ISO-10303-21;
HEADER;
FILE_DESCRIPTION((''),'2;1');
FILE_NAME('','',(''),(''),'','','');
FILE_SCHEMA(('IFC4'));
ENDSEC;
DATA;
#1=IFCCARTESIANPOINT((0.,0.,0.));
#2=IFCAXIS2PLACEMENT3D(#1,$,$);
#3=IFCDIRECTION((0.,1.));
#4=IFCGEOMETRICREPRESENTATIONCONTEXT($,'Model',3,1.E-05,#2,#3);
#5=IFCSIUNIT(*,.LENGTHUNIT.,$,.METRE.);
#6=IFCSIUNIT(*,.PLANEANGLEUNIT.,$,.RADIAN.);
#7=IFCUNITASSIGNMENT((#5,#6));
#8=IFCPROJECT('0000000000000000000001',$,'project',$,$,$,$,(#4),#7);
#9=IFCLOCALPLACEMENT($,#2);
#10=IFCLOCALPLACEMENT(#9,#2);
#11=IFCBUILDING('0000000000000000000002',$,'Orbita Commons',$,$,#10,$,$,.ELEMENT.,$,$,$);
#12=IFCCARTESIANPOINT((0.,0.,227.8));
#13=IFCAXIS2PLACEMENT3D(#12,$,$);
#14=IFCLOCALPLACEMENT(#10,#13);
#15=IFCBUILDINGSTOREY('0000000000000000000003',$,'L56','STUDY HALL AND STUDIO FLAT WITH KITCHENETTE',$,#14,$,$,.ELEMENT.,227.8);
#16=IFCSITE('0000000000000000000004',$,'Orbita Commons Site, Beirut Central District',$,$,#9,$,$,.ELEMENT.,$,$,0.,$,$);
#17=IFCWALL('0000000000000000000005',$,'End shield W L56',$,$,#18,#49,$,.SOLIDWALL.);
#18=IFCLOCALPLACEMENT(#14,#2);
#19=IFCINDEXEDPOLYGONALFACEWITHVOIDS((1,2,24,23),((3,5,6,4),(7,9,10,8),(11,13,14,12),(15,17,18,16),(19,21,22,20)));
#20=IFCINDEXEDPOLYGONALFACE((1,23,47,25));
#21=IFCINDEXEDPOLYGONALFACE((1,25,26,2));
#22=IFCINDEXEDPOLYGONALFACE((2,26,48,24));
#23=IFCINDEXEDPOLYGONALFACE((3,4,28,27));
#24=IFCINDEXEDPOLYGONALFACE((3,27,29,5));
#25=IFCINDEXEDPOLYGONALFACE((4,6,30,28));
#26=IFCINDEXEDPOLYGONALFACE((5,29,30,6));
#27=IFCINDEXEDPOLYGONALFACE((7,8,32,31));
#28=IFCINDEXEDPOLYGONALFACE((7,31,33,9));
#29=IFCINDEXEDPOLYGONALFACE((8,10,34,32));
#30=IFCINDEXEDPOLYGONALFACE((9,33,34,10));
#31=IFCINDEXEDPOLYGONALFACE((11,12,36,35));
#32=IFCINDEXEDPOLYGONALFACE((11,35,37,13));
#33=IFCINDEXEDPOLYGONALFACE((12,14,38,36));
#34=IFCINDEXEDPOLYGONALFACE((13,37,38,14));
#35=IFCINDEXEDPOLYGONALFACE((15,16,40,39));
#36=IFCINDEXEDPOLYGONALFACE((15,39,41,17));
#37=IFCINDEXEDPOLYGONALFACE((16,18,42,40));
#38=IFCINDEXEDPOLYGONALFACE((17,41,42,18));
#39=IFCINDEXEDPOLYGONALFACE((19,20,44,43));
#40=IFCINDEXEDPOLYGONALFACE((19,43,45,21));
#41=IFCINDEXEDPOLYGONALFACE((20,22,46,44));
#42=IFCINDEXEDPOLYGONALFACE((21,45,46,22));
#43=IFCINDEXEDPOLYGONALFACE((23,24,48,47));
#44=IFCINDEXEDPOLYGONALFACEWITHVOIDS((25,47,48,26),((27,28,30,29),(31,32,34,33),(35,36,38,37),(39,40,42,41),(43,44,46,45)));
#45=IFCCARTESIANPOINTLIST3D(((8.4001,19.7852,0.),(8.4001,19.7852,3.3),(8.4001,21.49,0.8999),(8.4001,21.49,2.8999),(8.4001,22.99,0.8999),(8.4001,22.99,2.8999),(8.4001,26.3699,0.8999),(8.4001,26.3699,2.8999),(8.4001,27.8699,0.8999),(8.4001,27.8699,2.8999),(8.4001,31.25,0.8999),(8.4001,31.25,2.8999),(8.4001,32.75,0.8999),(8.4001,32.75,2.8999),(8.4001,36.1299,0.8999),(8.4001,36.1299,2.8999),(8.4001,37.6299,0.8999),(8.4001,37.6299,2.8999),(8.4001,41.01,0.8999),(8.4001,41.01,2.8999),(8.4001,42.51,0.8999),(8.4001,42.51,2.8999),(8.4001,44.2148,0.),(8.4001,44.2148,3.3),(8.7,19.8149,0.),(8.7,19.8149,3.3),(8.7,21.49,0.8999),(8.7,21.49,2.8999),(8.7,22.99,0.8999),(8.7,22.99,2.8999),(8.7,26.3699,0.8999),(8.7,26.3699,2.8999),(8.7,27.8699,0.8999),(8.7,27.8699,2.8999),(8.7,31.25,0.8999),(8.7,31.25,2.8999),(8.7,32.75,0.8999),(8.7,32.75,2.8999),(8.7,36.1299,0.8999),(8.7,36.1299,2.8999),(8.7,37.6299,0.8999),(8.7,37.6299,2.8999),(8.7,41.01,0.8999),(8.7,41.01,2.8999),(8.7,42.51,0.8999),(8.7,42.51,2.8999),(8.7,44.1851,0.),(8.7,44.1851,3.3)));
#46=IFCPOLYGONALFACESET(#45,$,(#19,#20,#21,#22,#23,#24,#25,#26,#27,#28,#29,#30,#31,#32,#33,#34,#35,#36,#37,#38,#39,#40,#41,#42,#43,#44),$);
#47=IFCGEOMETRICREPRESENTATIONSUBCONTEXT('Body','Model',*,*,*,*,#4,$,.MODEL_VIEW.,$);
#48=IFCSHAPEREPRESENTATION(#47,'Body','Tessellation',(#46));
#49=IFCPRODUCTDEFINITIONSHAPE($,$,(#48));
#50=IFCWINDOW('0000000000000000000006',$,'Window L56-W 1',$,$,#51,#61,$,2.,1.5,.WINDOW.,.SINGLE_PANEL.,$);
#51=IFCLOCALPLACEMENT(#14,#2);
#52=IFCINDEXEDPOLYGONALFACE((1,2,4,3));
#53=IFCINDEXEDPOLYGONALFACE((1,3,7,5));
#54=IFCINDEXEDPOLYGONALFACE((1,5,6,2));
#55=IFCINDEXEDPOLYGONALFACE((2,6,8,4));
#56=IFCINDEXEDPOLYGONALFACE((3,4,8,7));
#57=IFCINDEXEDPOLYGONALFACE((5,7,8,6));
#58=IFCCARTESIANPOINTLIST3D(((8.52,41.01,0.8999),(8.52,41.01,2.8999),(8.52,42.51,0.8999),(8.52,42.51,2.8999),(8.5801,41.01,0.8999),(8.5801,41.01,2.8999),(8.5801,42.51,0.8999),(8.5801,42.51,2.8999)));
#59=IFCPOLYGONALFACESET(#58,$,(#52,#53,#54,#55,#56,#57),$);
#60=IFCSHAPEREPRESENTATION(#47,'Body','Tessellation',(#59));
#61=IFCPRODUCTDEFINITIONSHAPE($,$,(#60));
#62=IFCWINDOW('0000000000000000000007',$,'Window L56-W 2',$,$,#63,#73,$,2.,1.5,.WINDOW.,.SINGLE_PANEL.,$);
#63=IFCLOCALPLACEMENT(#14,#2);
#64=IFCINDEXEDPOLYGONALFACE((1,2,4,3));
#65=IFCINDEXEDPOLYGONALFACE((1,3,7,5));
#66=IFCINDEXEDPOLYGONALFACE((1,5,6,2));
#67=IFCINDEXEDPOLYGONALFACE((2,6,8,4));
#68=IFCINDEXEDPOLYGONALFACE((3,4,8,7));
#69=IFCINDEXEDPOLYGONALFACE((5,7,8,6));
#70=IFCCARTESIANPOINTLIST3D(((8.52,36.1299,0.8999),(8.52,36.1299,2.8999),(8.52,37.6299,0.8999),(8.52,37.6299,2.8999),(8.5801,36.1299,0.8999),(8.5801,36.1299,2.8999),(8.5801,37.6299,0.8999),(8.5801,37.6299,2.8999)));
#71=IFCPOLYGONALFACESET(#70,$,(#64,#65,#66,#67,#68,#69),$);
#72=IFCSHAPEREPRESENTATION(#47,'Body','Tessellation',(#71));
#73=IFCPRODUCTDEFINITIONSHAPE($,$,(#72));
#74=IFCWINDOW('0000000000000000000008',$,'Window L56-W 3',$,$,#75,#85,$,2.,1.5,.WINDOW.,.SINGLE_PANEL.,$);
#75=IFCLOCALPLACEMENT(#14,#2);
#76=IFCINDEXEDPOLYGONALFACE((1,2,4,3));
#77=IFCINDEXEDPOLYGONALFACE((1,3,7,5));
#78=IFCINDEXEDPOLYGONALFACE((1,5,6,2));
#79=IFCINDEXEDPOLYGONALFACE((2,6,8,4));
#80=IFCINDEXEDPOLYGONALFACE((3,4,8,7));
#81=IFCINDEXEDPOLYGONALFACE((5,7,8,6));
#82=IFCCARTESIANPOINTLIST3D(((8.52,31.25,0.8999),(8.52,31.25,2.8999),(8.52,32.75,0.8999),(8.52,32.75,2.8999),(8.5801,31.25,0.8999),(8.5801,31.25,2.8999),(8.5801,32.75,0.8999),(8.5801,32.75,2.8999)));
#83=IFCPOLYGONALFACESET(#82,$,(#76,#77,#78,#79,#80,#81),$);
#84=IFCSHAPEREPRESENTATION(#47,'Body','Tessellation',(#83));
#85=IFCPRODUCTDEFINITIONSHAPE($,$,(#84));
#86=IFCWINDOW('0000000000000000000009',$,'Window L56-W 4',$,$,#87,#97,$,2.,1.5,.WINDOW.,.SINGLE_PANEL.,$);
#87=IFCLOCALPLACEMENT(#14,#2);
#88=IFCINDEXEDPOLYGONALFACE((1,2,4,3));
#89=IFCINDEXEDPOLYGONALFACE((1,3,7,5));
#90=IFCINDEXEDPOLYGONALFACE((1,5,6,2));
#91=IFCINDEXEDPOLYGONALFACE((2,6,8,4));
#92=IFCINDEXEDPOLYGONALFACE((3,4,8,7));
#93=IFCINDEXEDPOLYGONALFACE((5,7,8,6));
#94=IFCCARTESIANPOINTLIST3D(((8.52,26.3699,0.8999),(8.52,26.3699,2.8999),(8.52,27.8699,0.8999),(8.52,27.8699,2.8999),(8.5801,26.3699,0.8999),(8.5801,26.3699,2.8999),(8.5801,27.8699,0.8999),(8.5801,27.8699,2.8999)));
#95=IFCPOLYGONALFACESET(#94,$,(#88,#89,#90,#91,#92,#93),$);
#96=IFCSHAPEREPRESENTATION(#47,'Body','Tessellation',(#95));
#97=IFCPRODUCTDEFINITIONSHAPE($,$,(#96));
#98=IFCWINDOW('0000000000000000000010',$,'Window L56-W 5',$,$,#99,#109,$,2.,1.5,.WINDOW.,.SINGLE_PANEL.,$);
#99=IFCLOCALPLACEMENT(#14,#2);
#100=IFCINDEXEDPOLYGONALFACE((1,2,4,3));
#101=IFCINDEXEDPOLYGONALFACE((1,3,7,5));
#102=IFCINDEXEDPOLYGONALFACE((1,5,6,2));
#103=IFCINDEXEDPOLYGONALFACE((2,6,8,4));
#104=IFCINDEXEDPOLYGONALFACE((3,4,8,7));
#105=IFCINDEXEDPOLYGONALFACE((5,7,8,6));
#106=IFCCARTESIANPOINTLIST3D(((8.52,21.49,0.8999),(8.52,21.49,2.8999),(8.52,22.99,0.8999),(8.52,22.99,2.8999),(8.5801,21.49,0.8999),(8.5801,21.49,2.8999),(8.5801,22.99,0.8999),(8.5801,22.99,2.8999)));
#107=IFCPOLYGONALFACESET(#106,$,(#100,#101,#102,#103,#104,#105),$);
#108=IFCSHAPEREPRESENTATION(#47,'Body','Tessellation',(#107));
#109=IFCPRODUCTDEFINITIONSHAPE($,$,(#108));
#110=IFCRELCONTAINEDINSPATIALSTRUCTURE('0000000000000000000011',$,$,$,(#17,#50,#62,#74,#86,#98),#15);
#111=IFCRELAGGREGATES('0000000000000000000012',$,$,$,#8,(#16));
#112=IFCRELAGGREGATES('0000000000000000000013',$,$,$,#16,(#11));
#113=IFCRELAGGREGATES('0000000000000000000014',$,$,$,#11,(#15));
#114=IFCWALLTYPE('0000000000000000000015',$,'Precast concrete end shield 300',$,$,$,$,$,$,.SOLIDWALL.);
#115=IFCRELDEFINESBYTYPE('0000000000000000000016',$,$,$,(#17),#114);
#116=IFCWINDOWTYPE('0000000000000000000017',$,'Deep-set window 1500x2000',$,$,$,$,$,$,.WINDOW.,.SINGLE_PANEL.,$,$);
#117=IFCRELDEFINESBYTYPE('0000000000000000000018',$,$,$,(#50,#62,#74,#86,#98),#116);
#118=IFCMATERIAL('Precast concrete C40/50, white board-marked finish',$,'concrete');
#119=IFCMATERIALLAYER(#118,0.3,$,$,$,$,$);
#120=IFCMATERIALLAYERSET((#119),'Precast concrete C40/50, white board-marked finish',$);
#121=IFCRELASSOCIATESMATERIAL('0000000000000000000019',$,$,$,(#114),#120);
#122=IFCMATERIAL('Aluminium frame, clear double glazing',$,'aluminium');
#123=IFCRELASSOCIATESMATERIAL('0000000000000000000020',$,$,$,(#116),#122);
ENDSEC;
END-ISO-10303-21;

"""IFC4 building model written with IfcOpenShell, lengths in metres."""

from ifc_helpers import new_model, si_unit, direction, frame, frame_2d, origin, place, context, subcontext, project, spatial, polyline, rectangle, outline, extrude, material, layer, layer_set, type_object, element, fill, save


model = new_model("IFC4")

# Units and contexts
model_context = context("Model", 3, precision=1e-05, world=origin(), true_north=direction((0.0, 1.0)))
body_context = subcontext(model_context, "Body", "Model", "MODEL_VIEW")
ifc_project = project(units=[si_unit("LENGTHUNIT", "METRE"), si_unit("PLANEANGLEUNIT", "RADIAN")], contexts=[model_context])

# Site, building, storey
site_placement = place(None, origin())
site = spatial("IfcSite", under=ifc_project, at=site_placement, Name="Orbita Commons Site, Beirut Central District", CompositionType="ELEMENT", RefElevation=0.0)
building_placement = place(site_placement, origin())
building = spatial("IfcBuilding", under=site, at=building_placement, Name="Orbita Commons", CompositionType="ELEMENT")
storey_placement = place(building_placement, frame((0.0, 0.0, 227.8)))
storey = spatial("IfcBuildingStorey", under=building, at=storey_placement, Name="L56", Description="STUDY HALL AND STUDIO FLAT WITH KITCHENETTE", CompositionType="ELEMENT", Elevation=227.8)

# Wall, openings, windows
ifc_material_1 = material(Name="Precast concrete C40/50, white board-marked finish", Category="concrete")
ifc_layer_1 = layer(ifc_material_1, 0.3)
ifc_layer_set_1 = layer_set([ifc_layer_1], Name="Precast concrete C40/50, white board-marked finish")
wall_type_1 = type_object("IfcWallType", Name="Precast concrete end shield 300", PredefinedType="SOLIDWALL", material=ifc_layer_set_1)
wall_1_placement = place(storey_placement, frame((8.55, 44.2, 0.0), z_axis=(0.0, 0.0, 1.0), x_axis=(0.0, -1.0, 0.0)))
wall_1 = element("IfcWall", 1, at=wall_1_placement, inside=storey, type_object=wall_type_1, Name="End shield W L56", PredefinedType="SOLIDWALL", context=body_context, shape_type="SweptSolid", body=[
    extrude(outline(polyline([(-0.0149, -0.1499), (24.4148, -0.1499), (24.385, 0.1499), (0.0149, 0.1499), (-0.0149, -0.1499)])), origin(), (0.0, 0.0, 1.0), 3.3),
])
opening_1_placement = place(wall_1_placement, frame((1.6899, 0.0, 0.8999)))
opening_1 = element("IfcOpeningElement", 2, at=opening_1_placement, cuts=wall_1, PredefinedType="OPENING", context=body_context, shape_type="SweptSolid", body=[
    extrude(rectangle(XDim=1.5, YDim=2.0, at=frame_2d((0.75, 1.0))), frame((0.0, 0.1599, 0.0), z_axis=(0.0, -1.0, 0.0), x_axis=(1.0, 0.0, 0.0)), (0.0, 0.0, 1.0), 0.3201),
])
opening_2_placement = place(wall_1_placement, frame((6.5701, 0.0, 0.8999)))
opening_2 = element("IfcOpeningElement", 3, at=opening_2_placement, cuts=wall_1, PredefinedType="OPENING", context=body_context, shape_type="SweptSolid", body=[
    extrude(rectangle(XDim=1.5, YDim=2.0, at=frame_2d((0.75, 1.0))), frame((0.0, 0.1599, 0.0), z_axis=(0.0, -1.0, 0.0), x_axis=(1.0, 0.0, 0.0)), (0.0, 0.0, 1.0), 0.3201),
])
opening_3_placement = place(wall_1_placement, frame((11.45, 0.0, 0.8999)))
opening_3 = element("IfcOpeningElement", 4, at=opening_3_placement, cuts=wall_1, PredefinedType="OPENING", context=body_context, shape_type="SweptSolid", body=[
    extrude(rectangle(XDim=1.5, YDim=2.0, at=frame_2d((0.75, 1.0))), frame((0.0, 0.1599, 0.0), z_axis=(0.0, -1.0, 0.0), x_axis=(1.0, 0.0, 0.0)), (0.0, 0.0, 1.0), 0.3201),
])
opening_4_placement = place(wall_1_placement, frame((16.3301, 0.0, 0.8999)))
opening_4 = element("IfcOpeningElement", 5, at=opening_4_placement, cuts=wall_1, PredefinedType="OPENING", context=body_context, shape_type="SweptSolid", body=[
    extrude(rectangle(XDim=1.5, YDim=2.0, at=frame_2d((0.75, 1.0))), frame((0.0, 0.1599, 0.0), z_axis=(0.0, -1.0, 0.0), x_axis=(1.0, 0.0, 0.0)), (0.0, 0.0, 1.0), 0.3201),
])
opening_5_placement = place(wall_1_placement, frame((21.21, 0.0, 0.8999)))
opening_5 = element("IfcOpeningElement", 6, at=opening_5_placement, cuts=wall_1, PredefinedType="OPENING", context=body_context, shape_type="SweptSolid", body=[
    extrude(rectangle(XDim=1.5, YDim=2.0, at=frame_2d((0.75, 1.0))), frame((0.0, 0.1599, 0.0), z_axis=(0.0, -1.0, 0.0), x_axis=(1.0, 0.0, 0.0)), (0.0, 0.0, 1.0), 0.3201),
])
ifc_material_2 = material(Name="Aluminium frame, clear double glazing", Category="aluminium")
window_type = type_object("IfcWindowType", Name="Deep-set window 1500x2000", PartitioningType="SINGLE_PANEL", PredefinedType="WINDOW", material=ifc_material_2)
window_1_placement = place(opening_1_placement, origin())
window_1 = element("IfcWindow", 7, at=window_1_placement, inside=storey, type_object=window_type, Name="Window L56-W 1", OverallHeight=2.0, OverallWidth=1.5, PartitioningType="SINGLE_PANEL", PredefinedType="WINDOW", context=body_context, shape_type="SweptSolid", body=[
    extrude(rectangle(XDim=1.5, YDim=2.0, at=frame_2d((0.75, 1.0))), frame((0.0, 0.03, 0.0), z_axis=(0.0, -1.0, 0.0), x_axis=(1.0, 0.0, 0.0)), (0.0, 0.0, 1.0), 0.0601),
])
fill(opening_1, window_1)
window_2_placement = place(opening_2_placement, origin())
window_2 = element("IfcWindow", 8, at=window_2_placement, inside=storey, type_object=window_type, Name="Window L56-W 2", OverallHeight=2.0, OverallWidth=1.5, PartitioningType="SINGLE_PANEL", PredefinedType="WINDOW", context=body_context, shape_type="SweptSolid", body=[
    extrude(rectangle(XDim=1.5, YDim=2.0, at=frame_2d((0.75, 1.0))), frame((0.0, 0.03, 0.0), z_axis=(0.0, -1.0, 0.0), x_axis=(1.0, 0.0, 0.0)), (0.0, 0.0, 1.0), 0.0601),
])
fill(opening_2, window_2)
window_3_placement = place(opening_3_placement, origin())
window_3 = element("IfcWindow", 9, at=window_3_placement, inside=storey, type_object=window_type, Name="Window L56-W 3", OverallHeight=2.0, OverallWidth=1.5, PartitioningType="SINGLE_PANEL", PredefinedType="WINDOW", context=body_context, shape_type="SweptSolid", body=[
    extrude(rectangle(XDim=1.5, YDim=2.0, at=frame_2d((0.75, 1.0))), frame((0.0, 0.03, 0.0), z_axis=(0.0, -1.0, 0.0), x_axis=(1.0, 0.0, 0.0)), (0.0, 0.0, 1.0), 0.0601),
])
fill(opening_3, window_3)
window_4_placement = place(opening_4_placement, origin())
window_4 = element("IfcWindow", 10, at=window_4_placement, inside=storey, type_object=window_type, Name="Window L56-W 4", OverallHeight=2.0, OverallWidth=1.5, PartitioningType="SINGLE_PANEL", PredefinedType="WINDOW", context=body_context, shape_type="SweptSolid", body=[
    extrude(rectangle(XDim=1.5, YDim=2.0, at=frame_2d((0.75, 1.0))), frame((0.0, 0.03, 0.0), z_axis=(0.0, -1.0, 0.0), x_axis=(1.0, 0.0, 0.0)), (0.0, 0.0, 1.0), 0.0601),
])
fill(opening_4, window_4)
window_5_placement = place(opening_5_placement, origin())
window_5 = element("IfcWindow", 11, at=window_5_placement, inside=storey, type_object=window_type, Name="Window L56-W 5", OverallHeight=2.0, OverallWidth=1.5, PartitioningType="SINGLE_PANEL", PredefinedType="WINDOW", context=body_context, shape_type="SweptSolid", body=[
    extrude(rectangle(XDim=1.5, YDim=2.0, at=frame_2d((0.75, 1.0))), frame((0.0, 0.03, 0.0), z_axis=(0.0, -1.0, 0.0), x_axis=(1.0, 0.0, 0.0)), (0.0, 0.0, 1.0), 0.0601),
])
fill(opening_5, window_5)

save(model, "model.ifc")
